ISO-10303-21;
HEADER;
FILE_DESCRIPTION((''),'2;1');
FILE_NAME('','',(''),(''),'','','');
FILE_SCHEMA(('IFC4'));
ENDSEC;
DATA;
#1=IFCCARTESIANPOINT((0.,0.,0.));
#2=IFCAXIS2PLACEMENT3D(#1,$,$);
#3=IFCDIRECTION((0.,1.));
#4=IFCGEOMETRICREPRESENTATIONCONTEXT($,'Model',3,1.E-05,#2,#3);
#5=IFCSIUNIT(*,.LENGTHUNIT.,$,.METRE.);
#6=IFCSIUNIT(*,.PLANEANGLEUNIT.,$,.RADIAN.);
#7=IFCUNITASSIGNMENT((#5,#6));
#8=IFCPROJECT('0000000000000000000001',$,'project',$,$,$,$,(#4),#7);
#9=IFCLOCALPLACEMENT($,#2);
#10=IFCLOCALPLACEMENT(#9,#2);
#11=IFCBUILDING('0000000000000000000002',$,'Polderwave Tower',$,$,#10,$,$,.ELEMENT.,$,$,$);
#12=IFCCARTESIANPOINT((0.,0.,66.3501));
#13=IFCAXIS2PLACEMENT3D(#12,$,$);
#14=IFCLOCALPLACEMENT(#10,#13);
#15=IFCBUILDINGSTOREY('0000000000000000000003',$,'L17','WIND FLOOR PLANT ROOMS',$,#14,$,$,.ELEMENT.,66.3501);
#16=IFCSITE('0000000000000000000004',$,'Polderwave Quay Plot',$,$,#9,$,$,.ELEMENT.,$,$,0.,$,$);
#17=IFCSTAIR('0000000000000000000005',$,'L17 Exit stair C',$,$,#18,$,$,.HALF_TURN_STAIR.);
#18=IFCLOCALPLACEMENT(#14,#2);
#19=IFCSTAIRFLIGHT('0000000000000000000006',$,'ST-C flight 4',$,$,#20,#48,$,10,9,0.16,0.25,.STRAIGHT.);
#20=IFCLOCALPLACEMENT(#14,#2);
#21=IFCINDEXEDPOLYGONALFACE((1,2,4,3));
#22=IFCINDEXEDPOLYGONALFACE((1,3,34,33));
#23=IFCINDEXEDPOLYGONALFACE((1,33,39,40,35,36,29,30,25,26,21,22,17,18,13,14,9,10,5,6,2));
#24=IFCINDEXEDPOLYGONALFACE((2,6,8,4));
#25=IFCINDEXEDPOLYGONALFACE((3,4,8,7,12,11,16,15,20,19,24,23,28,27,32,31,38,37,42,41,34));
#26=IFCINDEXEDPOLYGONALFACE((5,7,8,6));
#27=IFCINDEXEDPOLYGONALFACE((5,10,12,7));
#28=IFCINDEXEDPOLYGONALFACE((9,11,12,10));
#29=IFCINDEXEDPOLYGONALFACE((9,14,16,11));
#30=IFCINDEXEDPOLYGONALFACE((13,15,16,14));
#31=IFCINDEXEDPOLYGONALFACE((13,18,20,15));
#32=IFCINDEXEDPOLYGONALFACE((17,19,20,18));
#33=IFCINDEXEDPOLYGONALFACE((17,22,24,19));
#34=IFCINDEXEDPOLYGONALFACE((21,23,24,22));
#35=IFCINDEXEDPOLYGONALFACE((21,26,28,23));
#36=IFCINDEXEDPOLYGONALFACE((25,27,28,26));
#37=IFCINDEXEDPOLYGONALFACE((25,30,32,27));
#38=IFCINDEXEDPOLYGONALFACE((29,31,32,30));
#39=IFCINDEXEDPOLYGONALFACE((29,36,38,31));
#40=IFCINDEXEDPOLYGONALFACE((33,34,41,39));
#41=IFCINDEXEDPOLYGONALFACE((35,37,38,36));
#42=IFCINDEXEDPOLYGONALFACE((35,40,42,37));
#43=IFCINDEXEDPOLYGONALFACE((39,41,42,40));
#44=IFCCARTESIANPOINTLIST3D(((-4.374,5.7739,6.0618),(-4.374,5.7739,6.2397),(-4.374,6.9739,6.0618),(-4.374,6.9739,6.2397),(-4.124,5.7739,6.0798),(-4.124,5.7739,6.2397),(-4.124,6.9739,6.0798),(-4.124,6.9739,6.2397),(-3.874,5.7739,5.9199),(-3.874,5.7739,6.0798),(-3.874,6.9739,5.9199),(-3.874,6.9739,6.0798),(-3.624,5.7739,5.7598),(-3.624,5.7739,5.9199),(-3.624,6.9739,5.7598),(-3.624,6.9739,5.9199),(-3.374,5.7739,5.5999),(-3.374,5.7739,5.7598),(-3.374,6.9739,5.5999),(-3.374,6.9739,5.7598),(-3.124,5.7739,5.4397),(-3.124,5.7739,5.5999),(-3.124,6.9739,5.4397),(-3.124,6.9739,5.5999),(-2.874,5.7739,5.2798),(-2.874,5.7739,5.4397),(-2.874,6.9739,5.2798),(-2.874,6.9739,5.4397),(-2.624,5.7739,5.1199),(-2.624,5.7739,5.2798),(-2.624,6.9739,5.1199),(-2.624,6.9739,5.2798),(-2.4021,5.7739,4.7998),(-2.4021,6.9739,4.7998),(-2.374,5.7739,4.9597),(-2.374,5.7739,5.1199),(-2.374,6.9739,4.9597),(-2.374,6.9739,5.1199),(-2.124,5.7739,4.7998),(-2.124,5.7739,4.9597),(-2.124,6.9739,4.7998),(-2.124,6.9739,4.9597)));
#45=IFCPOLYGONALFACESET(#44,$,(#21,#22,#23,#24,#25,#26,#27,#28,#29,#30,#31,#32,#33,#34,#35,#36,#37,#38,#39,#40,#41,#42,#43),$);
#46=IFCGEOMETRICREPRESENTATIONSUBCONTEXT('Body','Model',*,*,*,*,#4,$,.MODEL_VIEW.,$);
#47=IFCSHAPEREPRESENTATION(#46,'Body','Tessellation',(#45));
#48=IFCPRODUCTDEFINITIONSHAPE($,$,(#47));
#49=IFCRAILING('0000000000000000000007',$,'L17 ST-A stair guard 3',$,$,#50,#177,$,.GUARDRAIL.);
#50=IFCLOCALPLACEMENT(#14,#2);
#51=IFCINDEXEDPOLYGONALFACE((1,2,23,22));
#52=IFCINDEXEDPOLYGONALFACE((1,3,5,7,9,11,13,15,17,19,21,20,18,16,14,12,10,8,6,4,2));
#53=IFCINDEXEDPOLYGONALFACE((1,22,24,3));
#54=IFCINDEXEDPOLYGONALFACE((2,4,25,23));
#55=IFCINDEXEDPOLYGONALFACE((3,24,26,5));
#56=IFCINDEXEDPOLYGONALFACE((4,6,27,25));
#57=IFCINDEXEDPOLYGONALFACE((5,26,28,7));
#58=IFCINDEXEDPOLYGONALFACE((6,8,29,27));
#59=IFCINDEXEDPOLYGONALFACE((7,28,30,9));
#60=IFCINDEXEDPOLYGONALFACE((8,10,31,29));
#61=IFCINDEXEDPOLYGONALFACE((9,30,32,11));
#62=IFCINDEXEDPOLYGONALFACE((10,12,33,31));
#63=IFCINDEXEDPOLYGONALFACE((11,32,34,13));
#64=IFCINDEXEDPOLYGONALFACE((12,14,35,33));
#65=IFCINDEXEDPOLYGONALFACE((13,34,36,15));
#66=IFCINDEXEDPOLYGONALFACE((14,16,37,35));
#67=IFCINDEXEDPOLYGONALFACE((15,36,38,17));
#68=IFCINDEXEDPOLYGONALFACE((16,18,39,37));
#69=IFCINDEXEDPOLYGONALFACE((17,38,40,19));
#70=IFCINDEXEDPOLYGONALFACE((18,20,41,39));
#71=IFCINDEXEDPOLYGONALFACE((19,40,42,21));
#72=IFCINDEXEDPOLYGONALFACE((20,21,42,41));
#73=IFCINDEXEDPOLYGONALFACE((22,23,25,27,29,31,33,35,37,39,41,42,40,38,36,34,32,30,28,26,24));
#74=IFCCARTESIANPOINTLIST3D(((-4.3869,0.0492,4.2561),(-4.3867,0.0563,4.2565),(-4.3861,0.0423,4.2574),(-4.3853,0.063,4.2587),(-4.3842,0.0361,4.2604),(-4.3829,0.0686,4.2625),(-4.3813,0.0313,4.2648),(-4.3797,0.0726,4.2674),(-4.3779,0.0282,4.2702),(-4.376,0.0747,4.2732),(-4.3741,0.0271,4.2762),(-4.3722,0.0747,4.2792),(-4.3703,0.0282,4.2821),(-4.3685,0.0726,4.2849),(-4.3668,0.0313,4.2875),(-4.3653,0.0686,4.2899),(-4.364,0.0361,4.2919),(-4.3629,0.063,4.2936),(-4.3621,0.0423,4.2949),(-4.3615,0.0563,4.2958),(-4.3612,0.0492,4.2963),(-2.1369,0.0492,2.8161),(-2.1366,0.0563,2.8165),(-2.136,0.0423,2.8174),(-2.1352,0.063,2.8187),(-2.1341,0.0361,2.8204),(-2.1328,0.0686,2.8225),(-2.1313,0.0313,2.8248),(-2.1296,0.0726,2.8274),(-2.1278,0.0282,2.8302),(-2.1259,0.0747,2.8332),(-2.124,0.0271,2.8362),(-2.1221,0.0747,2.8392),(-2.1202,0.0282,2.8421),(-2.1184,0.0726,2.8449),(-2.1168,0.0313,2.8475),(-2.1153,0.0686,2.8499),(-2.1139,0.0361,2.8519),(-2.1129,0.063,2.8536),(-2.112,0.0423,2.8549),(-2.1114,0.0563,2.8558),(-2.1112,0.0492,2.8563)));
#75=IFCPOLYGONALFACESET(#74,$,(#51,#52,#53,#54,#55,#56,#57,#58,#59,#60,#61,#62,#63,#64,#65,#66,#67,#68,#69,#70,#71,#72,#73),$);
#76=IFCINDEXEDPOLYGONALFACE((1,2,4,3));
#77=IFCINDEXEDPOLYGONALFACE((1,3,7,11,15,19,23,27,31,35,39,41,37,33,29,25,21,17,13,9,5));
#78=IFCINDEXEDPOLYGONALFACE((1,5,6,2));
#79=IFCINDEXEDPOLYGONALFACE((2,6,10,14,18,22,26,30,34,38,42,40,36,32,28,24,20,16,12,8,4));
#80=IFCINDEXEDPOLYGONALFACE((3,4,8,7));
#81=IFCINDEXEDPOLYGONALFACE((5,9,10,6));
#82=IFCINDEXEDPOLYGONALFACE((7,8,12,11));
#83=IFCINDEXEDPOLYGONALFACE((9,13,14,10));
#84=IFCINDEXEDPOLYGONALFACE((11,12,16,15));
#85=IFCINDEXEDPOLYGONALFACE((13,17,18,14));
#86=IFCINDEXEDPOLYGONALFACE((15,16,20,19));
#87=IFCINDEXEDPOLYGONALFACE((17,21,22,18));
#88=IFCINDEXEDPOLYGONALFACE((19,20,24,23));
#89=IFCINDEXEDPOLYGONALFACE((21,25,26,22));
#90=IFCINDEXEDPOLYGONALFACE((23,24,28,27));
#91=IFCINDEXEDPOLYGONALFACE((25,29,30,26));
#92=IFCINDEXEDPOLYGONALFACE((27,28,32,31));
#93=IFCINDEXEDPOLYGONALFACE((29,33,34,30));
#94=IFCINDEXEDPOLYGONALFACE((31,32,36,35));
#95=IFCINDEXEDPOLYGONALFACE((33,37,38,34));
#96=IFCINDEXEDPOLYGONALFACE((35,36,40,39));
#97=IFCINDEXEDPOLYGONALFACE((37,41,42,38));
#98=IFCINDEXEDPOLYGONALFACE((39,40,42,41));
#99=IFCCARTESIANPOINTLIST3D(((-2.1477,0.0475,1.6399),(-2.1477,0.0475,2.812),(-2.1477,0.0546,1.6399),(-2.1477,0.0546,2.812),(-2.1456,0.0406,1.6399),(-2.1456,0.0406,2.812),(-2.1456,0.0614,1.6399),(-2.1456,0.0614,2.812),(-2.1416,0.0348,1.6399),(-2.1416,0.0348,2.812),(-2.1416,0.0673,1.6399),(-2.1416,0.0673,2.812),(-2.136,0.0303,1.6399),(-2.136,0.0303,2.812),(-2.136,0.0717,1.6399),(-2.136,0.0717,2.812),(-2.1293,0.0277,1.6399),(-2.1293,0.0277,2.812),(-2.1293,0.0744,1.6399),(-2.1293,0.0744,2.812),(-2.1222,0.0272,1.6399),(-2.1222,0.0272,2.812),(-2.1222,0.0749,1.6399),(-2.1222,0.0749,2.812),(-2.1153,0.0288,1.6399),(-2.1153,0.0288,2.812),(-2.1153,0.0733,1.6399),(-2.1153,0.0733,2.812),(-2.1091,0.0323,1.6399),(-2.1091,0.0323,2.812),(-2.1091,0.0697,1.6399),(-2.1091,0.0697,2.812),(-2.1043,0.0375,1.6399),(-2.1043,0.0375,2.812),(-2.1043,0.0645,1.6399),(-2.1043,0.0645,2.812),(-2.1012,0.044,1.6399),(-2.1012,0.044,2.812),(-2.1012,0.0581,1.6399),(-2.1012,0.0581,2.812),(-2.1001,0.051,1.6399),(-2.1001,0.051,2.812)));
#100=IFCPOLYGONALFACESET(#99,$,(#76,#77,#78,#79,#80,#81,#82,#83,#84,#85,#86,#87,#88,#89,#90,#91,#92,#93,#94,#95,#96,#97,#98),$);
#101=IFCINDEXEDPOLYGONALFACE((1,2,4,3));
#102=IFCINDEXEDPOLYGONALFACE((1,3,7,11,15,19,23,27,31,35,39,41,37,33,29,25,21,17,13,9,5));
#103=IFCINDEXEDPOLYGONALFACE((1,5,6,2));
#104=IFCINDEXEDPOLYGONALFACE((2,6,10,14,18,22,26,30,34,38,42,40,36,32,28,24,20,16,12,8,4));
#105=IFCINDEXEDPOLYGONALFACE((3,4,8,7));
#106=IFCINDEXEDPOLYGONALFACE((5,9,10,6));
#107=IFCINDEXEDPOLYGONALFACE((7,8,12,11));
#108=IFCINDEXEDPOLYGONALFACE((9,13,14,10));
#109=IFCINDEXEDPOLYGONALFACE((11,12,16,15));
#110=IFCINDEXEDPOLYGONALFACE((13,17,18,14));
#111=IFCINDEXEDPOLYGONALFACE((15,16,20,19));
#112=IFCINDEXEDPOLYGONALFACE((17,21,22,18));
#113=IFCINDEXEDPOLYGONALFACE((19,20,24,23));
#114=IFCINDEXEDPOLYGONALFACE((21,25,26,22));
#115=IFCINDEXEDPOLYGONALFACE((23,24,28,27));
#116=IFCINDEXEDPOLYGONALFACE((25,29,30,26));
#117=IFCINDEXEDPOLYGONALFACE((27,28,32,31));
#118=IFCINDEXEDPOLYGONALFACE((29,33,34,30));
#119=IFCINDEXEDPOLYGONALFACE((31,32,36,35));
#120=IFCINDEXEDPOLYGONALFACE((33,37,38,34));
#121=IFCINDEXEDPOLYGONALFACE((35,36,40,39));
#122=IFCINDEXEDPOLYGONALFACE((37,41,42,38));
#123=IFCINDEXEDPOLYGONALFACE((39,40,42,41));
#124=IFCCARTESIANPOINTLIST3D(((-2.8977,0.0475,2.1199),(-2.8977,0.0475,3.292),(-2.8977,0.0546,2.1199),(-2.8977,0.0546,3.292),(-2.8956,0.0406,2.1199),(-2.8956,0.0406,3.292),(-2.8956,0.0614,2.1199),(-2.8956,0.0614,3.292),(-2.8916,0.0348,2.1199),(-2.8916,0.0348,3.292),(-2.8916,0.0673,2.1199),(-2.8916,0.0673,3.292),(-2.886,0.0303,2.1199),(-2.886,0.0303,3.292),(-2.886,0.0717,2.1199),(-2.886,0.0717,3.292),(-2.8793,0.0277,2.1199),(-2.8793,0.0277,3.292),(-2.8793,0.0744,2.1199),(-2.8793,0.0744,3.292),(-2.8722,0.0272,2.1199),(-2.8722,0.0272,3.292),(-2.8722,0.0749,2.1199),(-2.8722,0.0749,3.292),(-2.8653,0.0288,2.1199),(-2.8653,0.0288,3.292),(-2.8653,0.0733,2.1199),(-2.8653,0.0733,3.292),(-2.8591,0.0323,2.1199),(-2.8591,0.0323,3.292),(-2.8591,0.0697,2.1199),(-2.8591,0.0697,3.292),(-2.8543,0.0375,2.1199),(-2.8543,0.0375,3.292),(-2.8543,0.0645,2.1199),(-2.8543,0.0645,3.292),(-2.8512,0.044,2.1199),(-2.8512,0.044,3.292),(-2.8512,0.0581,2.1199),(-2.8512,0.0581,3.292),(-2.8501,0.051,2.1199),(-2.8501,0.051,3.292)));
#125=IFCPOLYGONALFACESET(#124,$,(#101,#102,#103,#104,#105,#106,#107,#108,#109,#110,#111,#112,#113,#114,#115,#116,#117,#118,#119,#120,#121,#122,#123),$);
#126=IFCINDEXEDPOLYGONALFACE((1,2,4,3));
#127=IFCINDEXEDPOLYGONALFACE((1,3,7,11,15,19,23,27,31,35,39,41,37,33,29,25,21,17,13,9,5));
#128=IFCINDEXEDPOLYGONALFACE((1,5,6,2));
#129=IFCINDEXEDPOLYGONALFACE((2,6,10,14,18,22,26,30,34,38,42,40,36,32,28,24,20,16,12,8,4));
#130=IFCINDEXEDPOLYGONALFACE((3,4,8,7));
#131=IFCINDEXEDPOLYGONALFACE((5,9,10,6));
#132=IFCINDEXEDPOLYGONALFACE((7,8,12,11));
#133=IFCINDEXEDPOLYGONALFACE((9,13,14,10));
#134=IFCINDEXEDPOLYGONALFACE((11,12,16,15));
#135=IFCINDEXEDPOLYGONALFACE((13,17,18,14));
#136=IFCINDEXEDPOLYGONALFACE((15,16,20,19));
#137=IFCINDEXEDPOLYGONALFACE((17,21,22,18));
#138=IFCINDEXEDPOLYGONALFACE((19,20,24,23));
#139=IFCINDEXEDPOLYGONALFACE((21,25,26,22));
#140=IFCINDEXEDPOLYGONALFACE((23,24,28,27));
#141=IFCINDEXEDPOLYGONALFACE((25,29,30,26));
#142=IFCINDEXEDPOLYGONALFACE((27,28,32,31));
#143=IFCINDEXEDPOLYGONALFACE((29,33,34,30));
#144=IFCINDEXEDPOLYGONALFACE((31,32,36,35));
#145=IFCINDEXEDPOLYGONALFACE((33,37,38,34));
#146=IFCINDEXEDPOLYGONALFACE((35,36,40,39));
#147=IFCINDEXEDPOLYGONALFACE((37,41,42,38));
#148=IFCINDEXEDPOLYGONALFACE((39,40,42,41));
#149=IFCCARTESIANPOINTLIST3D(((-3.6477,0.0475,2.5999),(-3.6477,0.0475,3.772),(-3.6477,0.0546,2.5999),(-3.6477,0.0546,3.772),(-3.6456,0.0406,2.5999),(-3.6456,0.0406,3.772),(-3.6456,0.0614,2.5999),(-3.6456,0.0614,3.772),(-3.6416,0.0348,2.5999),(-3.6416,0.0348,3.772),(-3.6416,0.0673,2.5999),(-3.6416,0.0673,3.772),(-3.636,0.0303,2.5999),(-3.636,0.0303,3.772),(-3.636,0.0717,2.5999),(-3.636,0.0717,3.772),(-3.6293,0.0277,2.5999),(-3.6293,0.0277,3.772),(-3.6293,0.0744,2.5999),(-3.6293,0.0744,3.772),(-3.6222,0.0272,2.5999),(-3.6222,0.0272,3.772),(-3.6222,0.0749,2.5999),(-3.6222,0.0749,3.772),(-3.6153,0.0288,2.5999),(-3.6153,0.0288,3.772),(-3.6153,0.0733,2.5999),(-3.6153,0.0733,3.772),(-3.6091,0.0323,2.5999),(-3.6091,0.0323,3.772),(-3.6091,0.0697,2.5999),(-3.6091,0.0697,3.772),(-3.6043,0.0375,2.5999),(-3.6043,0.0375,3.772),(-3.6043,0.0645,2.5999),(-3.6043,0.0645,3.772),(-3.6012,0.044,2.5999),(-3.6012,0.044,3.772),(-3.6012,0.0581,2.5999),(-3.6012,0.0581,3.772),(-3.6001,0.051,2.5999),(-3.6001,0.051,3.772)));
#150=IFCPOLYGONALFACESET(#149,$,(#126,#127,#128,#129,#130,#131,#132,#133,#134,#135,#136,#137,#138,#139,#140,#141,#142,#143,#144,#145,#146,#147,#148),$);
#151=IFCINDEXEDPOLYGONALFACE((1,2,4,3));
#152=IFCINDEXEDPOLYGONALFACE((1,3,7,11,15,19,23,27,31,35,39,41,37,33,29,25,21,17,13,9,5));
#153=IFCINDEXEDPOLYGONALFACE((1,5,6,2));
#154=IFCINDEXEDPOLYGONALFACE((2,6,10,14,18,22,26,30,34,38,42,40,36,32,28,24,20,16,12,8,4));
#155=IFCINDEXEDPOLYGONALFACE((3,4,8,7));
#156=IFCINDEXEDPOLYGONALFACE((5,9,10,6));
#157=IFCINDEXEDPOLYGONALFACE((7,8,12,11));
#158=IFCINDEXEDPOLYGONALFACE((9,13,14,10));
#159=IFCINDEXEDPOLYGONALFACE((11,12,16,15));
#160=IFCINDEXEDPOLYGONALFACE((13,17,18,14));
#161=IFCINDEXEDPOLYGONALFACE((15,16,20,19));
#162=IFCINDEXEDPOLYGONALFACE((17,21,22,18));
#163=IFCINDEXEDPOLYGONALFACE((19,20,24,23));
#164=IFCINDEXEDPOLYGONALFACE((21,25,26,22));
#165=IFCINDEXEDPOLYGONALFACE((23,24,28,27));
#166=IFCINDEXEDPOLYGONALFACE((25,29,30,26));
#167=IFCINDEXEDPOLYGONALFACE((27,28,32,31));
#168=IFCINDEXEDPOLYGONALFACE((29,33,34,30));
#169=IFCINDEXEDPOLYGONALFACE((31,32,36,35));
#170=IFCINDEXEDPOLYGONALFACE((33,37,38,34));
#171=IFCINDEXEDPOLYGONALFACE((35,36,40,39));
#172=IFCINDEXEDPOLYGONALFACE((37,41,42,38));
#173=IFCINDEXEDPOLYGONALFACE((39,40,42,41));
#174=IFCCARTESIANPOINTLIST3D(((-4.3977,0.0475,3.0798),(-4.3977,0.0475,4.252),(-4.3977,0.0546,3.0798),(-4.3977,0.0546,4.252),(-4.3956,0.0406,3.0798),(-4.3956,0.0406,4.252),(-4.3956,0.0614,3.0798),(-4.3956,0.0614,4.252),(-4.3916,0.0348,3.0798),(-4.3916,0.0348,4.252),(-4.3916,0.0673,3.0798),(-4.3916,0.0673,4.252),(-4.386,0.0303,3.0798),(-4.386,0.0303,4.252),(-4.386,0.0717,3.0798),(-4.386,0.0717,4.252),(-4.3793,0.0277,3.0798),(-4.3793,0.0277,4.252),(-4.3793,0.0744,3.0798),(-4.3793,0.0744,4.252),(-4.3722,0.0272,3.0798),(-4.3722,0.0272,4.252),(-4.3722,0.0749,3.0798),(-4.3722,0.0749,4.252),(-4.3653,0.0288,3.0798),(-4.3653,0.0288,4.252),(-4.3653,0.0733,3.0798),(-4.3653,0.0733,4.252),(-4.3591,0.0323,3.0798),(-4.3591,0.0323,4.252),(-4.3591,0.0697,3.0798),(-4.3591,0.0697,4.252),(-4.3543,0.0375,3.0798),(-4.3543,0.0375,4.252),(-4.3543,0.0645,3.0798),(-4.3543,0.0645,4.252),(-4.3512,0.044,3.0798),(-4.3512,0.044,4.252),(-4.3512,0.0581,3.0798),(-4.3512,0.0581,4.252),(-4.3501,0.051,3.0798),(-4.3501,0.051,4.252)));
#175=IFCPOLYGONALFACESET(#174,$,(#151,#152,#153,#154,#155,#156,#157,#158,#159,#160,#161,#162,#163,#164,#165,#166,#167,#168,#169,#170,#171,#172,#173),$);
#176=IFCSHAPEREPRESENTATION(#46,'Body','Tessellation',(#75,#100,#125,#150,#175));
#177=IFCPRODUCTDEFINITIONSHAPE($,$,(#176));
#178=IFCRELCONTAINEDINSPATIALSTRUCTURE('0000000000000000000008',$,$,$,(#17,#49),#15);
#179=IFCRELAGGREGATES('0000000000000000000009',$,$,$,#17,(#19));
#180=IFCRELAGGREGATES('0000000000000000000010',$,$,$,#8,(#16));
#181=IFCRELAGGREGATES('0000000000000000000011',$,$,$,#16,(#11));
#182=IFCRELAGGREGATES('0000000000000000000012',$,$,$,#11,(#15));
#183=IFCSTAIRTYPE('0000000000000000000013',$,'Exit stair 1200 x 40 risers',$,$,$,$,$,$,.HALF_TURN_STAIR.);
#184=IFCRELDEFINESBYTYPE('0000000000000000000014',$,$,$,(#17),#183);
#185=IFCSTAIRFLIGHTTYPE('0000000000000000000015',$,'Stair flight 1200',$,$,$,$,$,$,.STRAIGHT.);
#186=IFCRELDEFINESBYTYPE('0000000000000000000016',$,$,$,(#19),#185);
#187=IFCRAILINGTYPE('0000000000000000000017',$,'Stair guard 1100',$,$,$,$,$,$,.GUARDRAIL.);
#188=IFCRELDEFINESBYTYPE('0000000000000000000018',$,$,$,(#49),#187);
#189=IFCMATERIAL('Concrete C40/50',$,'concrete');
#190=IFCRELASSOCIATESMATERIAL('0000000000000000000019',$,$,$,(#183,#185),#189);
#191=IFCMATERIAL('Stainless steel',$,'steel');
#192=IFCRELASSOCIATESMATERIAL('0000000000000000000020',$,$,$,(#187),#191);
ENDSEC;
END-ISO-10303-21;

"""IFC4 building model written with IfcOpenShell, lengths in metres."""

from ifc_helpers import new_model, si_unit, direction, frame, origin, origin_2d, place, context, subcontext, project, spatial, polyline, circle, outline, extrude, material, type_object, element, aggregate, save


model = new_model("IFC4")

# Units and contexts
model_context = context("Model", 3, precision=1e-05, world=origin(), true_north=direction((0.0, 1.0)))
body_context = subcontext(model_context, "Body", "Model", "MODEL_VIEW")
ifc_project = project(units=[si_unit("LENGTHUNIT", "METRE"), si_unit("PLANEANGLEUNIT", "RADIAN")], contexts=[model_context])

# Site, building, storey
site_placement = place(None, origin())
site = spatial("IfcSite", under=ifc_project, at=site_placement, Name="Polderwave Quay Plot", CompositionType="ELEMENT", RefElevation=0.0)
building_placement = place(site_placement, origin())
building = spatial("IfcBuilding", under=site, at=building_placement, Name="Polderwave Tower", CompositionType="ELEMENT")
storey_placement = place(building_placement, frame((0.0, 0.0, 66.3501)))
storey = spatial("IfcBuildingStorey", under=building, at=storey_placement, Name="L17", Description="WIND FLOOR PLANT ROOMS", CompositionType="ELEMENT", Elevation=66.3501)

# Stair, stair flight
ifc_material_1 = material(Name="Concrete C40/50", Category="concrete")
stair_type = type_object("IfcStairType", Name="Exit stair 1200 x 40 risers", PredefinedType="HALF_TURN_STAIR", material=ifc_material_1)
stair_flight_type = type_object("IfcStairFlightType", Name="Stair flight 1200", PredefinedType="STRAIGHT", material=ifc_material_1)
stair_1_placement = place(storey_placement, origin())
stair_1 = element("IfcStair", 1, at=stair_1_placement, inside=storey, type_object=stair_type, Name="L17 Exit stair C", PredefinedType="HALF_TURN_STAIR")
stair_flight_1_placement = place(storey_placement, frame((-2.124, 6.374, 4.7998), z_axis=(0.0, 0.0, 1.0), x_axis=(-1.0, 0.0, 0.0)))
stair_flight_1 = element("IfcStairFlight", 2, at=stair_flight_1_placement, type_object=stair_flight_type, Name="ST-C flight 4", NumberOfRisers=10, NumberOfTreads=9, PredefinedType="STRAIGHT", RiserHeight=0.16, TreadLength=0.25, context=body_context, shape_type="SweptSolid", body=[
    extrude(outline(polyline([(0.0, 0.0), (0.0, 0.1599), (0.25, 0.1599), (0.25, 0.3201), (0.5, 0.3201), (0.5, 0.48), (0.75, 0.48), (0.75, 0.6399), (1.0, 0.6399), (1.0, 0.8), (1.25, 0.8), (1.25, 0.96), (1.5, 0.96), (1.5, 1.1201), (1.75, 1.1201), (1.75, 1.28), (2.0, 1.28), (2.0, 1.4399), (2.25, 1.4399), (2.25, 1.6001), (2.25, 1.262), (0.2781, 0.0), (0.0, 0.0)])), frame((0.0, 0.6001, 0.0), z_axis=(0.0, -1.0, 0.0), x_axis=(1.0, 0.0, 0.0)), (0.0, 0.0, 1.0), 1.2),
])
aggregate(stair_1, [stair_flight_1])

# Railing
ifc_material_2 = material(Name="Stainless steel", Category="steel")
railing_type_1 = type_object("IfcRailingType", Name="Stair guard 1100", PredefinedType="GUARDRAIL", material=ifc_material_2)
for number, where, name in (
    (3, (-2.124, 0.051, 1.6399), "L17 ST-A stair guard 3"),
):
    element("IfcRailing", number, at=place(storey_placement, frame(where)), inside=storey, type_object=railing_type_1, Name=name, PredefinedType="GUARDRAIL", context=body_context, shape_type="SweptSolid", body=[
        extrude(circle(Radius=0.0239, at=origin_2d()), frame((0.0, 0.0, 1.1963), z_axis=(-0.842281, 0.0, 0.539038), x_axis=(0.0, -1.0, 0.0)), (0.0, 0.0, 1.0), 2.6714),
        extrude(circle(Radius=0.0239, at=origin_2d()), origin(), (0.0, 0.0, 1.0), 1.1721),
        extrude(circle(Radius=0.0239, at=origin_2d()), frame((-0.75, 0.0, 0.48)), (0.0, 0.0, 1.0), 1.1721),
        extrude(circle(Radius=0.0239, at=origin_2d()), frame((-1.5, 0.0, 0.96)), (0.0, 0.0, 1.0), 1.1721),
        extrude(circle(Radius=0.0239, at=origin_2d()), frame((-2.25, 0.0, 1.4399)), (0.0, 0.0, 1.0), 1.1721),
    ])

save(model, "model.ifc")
